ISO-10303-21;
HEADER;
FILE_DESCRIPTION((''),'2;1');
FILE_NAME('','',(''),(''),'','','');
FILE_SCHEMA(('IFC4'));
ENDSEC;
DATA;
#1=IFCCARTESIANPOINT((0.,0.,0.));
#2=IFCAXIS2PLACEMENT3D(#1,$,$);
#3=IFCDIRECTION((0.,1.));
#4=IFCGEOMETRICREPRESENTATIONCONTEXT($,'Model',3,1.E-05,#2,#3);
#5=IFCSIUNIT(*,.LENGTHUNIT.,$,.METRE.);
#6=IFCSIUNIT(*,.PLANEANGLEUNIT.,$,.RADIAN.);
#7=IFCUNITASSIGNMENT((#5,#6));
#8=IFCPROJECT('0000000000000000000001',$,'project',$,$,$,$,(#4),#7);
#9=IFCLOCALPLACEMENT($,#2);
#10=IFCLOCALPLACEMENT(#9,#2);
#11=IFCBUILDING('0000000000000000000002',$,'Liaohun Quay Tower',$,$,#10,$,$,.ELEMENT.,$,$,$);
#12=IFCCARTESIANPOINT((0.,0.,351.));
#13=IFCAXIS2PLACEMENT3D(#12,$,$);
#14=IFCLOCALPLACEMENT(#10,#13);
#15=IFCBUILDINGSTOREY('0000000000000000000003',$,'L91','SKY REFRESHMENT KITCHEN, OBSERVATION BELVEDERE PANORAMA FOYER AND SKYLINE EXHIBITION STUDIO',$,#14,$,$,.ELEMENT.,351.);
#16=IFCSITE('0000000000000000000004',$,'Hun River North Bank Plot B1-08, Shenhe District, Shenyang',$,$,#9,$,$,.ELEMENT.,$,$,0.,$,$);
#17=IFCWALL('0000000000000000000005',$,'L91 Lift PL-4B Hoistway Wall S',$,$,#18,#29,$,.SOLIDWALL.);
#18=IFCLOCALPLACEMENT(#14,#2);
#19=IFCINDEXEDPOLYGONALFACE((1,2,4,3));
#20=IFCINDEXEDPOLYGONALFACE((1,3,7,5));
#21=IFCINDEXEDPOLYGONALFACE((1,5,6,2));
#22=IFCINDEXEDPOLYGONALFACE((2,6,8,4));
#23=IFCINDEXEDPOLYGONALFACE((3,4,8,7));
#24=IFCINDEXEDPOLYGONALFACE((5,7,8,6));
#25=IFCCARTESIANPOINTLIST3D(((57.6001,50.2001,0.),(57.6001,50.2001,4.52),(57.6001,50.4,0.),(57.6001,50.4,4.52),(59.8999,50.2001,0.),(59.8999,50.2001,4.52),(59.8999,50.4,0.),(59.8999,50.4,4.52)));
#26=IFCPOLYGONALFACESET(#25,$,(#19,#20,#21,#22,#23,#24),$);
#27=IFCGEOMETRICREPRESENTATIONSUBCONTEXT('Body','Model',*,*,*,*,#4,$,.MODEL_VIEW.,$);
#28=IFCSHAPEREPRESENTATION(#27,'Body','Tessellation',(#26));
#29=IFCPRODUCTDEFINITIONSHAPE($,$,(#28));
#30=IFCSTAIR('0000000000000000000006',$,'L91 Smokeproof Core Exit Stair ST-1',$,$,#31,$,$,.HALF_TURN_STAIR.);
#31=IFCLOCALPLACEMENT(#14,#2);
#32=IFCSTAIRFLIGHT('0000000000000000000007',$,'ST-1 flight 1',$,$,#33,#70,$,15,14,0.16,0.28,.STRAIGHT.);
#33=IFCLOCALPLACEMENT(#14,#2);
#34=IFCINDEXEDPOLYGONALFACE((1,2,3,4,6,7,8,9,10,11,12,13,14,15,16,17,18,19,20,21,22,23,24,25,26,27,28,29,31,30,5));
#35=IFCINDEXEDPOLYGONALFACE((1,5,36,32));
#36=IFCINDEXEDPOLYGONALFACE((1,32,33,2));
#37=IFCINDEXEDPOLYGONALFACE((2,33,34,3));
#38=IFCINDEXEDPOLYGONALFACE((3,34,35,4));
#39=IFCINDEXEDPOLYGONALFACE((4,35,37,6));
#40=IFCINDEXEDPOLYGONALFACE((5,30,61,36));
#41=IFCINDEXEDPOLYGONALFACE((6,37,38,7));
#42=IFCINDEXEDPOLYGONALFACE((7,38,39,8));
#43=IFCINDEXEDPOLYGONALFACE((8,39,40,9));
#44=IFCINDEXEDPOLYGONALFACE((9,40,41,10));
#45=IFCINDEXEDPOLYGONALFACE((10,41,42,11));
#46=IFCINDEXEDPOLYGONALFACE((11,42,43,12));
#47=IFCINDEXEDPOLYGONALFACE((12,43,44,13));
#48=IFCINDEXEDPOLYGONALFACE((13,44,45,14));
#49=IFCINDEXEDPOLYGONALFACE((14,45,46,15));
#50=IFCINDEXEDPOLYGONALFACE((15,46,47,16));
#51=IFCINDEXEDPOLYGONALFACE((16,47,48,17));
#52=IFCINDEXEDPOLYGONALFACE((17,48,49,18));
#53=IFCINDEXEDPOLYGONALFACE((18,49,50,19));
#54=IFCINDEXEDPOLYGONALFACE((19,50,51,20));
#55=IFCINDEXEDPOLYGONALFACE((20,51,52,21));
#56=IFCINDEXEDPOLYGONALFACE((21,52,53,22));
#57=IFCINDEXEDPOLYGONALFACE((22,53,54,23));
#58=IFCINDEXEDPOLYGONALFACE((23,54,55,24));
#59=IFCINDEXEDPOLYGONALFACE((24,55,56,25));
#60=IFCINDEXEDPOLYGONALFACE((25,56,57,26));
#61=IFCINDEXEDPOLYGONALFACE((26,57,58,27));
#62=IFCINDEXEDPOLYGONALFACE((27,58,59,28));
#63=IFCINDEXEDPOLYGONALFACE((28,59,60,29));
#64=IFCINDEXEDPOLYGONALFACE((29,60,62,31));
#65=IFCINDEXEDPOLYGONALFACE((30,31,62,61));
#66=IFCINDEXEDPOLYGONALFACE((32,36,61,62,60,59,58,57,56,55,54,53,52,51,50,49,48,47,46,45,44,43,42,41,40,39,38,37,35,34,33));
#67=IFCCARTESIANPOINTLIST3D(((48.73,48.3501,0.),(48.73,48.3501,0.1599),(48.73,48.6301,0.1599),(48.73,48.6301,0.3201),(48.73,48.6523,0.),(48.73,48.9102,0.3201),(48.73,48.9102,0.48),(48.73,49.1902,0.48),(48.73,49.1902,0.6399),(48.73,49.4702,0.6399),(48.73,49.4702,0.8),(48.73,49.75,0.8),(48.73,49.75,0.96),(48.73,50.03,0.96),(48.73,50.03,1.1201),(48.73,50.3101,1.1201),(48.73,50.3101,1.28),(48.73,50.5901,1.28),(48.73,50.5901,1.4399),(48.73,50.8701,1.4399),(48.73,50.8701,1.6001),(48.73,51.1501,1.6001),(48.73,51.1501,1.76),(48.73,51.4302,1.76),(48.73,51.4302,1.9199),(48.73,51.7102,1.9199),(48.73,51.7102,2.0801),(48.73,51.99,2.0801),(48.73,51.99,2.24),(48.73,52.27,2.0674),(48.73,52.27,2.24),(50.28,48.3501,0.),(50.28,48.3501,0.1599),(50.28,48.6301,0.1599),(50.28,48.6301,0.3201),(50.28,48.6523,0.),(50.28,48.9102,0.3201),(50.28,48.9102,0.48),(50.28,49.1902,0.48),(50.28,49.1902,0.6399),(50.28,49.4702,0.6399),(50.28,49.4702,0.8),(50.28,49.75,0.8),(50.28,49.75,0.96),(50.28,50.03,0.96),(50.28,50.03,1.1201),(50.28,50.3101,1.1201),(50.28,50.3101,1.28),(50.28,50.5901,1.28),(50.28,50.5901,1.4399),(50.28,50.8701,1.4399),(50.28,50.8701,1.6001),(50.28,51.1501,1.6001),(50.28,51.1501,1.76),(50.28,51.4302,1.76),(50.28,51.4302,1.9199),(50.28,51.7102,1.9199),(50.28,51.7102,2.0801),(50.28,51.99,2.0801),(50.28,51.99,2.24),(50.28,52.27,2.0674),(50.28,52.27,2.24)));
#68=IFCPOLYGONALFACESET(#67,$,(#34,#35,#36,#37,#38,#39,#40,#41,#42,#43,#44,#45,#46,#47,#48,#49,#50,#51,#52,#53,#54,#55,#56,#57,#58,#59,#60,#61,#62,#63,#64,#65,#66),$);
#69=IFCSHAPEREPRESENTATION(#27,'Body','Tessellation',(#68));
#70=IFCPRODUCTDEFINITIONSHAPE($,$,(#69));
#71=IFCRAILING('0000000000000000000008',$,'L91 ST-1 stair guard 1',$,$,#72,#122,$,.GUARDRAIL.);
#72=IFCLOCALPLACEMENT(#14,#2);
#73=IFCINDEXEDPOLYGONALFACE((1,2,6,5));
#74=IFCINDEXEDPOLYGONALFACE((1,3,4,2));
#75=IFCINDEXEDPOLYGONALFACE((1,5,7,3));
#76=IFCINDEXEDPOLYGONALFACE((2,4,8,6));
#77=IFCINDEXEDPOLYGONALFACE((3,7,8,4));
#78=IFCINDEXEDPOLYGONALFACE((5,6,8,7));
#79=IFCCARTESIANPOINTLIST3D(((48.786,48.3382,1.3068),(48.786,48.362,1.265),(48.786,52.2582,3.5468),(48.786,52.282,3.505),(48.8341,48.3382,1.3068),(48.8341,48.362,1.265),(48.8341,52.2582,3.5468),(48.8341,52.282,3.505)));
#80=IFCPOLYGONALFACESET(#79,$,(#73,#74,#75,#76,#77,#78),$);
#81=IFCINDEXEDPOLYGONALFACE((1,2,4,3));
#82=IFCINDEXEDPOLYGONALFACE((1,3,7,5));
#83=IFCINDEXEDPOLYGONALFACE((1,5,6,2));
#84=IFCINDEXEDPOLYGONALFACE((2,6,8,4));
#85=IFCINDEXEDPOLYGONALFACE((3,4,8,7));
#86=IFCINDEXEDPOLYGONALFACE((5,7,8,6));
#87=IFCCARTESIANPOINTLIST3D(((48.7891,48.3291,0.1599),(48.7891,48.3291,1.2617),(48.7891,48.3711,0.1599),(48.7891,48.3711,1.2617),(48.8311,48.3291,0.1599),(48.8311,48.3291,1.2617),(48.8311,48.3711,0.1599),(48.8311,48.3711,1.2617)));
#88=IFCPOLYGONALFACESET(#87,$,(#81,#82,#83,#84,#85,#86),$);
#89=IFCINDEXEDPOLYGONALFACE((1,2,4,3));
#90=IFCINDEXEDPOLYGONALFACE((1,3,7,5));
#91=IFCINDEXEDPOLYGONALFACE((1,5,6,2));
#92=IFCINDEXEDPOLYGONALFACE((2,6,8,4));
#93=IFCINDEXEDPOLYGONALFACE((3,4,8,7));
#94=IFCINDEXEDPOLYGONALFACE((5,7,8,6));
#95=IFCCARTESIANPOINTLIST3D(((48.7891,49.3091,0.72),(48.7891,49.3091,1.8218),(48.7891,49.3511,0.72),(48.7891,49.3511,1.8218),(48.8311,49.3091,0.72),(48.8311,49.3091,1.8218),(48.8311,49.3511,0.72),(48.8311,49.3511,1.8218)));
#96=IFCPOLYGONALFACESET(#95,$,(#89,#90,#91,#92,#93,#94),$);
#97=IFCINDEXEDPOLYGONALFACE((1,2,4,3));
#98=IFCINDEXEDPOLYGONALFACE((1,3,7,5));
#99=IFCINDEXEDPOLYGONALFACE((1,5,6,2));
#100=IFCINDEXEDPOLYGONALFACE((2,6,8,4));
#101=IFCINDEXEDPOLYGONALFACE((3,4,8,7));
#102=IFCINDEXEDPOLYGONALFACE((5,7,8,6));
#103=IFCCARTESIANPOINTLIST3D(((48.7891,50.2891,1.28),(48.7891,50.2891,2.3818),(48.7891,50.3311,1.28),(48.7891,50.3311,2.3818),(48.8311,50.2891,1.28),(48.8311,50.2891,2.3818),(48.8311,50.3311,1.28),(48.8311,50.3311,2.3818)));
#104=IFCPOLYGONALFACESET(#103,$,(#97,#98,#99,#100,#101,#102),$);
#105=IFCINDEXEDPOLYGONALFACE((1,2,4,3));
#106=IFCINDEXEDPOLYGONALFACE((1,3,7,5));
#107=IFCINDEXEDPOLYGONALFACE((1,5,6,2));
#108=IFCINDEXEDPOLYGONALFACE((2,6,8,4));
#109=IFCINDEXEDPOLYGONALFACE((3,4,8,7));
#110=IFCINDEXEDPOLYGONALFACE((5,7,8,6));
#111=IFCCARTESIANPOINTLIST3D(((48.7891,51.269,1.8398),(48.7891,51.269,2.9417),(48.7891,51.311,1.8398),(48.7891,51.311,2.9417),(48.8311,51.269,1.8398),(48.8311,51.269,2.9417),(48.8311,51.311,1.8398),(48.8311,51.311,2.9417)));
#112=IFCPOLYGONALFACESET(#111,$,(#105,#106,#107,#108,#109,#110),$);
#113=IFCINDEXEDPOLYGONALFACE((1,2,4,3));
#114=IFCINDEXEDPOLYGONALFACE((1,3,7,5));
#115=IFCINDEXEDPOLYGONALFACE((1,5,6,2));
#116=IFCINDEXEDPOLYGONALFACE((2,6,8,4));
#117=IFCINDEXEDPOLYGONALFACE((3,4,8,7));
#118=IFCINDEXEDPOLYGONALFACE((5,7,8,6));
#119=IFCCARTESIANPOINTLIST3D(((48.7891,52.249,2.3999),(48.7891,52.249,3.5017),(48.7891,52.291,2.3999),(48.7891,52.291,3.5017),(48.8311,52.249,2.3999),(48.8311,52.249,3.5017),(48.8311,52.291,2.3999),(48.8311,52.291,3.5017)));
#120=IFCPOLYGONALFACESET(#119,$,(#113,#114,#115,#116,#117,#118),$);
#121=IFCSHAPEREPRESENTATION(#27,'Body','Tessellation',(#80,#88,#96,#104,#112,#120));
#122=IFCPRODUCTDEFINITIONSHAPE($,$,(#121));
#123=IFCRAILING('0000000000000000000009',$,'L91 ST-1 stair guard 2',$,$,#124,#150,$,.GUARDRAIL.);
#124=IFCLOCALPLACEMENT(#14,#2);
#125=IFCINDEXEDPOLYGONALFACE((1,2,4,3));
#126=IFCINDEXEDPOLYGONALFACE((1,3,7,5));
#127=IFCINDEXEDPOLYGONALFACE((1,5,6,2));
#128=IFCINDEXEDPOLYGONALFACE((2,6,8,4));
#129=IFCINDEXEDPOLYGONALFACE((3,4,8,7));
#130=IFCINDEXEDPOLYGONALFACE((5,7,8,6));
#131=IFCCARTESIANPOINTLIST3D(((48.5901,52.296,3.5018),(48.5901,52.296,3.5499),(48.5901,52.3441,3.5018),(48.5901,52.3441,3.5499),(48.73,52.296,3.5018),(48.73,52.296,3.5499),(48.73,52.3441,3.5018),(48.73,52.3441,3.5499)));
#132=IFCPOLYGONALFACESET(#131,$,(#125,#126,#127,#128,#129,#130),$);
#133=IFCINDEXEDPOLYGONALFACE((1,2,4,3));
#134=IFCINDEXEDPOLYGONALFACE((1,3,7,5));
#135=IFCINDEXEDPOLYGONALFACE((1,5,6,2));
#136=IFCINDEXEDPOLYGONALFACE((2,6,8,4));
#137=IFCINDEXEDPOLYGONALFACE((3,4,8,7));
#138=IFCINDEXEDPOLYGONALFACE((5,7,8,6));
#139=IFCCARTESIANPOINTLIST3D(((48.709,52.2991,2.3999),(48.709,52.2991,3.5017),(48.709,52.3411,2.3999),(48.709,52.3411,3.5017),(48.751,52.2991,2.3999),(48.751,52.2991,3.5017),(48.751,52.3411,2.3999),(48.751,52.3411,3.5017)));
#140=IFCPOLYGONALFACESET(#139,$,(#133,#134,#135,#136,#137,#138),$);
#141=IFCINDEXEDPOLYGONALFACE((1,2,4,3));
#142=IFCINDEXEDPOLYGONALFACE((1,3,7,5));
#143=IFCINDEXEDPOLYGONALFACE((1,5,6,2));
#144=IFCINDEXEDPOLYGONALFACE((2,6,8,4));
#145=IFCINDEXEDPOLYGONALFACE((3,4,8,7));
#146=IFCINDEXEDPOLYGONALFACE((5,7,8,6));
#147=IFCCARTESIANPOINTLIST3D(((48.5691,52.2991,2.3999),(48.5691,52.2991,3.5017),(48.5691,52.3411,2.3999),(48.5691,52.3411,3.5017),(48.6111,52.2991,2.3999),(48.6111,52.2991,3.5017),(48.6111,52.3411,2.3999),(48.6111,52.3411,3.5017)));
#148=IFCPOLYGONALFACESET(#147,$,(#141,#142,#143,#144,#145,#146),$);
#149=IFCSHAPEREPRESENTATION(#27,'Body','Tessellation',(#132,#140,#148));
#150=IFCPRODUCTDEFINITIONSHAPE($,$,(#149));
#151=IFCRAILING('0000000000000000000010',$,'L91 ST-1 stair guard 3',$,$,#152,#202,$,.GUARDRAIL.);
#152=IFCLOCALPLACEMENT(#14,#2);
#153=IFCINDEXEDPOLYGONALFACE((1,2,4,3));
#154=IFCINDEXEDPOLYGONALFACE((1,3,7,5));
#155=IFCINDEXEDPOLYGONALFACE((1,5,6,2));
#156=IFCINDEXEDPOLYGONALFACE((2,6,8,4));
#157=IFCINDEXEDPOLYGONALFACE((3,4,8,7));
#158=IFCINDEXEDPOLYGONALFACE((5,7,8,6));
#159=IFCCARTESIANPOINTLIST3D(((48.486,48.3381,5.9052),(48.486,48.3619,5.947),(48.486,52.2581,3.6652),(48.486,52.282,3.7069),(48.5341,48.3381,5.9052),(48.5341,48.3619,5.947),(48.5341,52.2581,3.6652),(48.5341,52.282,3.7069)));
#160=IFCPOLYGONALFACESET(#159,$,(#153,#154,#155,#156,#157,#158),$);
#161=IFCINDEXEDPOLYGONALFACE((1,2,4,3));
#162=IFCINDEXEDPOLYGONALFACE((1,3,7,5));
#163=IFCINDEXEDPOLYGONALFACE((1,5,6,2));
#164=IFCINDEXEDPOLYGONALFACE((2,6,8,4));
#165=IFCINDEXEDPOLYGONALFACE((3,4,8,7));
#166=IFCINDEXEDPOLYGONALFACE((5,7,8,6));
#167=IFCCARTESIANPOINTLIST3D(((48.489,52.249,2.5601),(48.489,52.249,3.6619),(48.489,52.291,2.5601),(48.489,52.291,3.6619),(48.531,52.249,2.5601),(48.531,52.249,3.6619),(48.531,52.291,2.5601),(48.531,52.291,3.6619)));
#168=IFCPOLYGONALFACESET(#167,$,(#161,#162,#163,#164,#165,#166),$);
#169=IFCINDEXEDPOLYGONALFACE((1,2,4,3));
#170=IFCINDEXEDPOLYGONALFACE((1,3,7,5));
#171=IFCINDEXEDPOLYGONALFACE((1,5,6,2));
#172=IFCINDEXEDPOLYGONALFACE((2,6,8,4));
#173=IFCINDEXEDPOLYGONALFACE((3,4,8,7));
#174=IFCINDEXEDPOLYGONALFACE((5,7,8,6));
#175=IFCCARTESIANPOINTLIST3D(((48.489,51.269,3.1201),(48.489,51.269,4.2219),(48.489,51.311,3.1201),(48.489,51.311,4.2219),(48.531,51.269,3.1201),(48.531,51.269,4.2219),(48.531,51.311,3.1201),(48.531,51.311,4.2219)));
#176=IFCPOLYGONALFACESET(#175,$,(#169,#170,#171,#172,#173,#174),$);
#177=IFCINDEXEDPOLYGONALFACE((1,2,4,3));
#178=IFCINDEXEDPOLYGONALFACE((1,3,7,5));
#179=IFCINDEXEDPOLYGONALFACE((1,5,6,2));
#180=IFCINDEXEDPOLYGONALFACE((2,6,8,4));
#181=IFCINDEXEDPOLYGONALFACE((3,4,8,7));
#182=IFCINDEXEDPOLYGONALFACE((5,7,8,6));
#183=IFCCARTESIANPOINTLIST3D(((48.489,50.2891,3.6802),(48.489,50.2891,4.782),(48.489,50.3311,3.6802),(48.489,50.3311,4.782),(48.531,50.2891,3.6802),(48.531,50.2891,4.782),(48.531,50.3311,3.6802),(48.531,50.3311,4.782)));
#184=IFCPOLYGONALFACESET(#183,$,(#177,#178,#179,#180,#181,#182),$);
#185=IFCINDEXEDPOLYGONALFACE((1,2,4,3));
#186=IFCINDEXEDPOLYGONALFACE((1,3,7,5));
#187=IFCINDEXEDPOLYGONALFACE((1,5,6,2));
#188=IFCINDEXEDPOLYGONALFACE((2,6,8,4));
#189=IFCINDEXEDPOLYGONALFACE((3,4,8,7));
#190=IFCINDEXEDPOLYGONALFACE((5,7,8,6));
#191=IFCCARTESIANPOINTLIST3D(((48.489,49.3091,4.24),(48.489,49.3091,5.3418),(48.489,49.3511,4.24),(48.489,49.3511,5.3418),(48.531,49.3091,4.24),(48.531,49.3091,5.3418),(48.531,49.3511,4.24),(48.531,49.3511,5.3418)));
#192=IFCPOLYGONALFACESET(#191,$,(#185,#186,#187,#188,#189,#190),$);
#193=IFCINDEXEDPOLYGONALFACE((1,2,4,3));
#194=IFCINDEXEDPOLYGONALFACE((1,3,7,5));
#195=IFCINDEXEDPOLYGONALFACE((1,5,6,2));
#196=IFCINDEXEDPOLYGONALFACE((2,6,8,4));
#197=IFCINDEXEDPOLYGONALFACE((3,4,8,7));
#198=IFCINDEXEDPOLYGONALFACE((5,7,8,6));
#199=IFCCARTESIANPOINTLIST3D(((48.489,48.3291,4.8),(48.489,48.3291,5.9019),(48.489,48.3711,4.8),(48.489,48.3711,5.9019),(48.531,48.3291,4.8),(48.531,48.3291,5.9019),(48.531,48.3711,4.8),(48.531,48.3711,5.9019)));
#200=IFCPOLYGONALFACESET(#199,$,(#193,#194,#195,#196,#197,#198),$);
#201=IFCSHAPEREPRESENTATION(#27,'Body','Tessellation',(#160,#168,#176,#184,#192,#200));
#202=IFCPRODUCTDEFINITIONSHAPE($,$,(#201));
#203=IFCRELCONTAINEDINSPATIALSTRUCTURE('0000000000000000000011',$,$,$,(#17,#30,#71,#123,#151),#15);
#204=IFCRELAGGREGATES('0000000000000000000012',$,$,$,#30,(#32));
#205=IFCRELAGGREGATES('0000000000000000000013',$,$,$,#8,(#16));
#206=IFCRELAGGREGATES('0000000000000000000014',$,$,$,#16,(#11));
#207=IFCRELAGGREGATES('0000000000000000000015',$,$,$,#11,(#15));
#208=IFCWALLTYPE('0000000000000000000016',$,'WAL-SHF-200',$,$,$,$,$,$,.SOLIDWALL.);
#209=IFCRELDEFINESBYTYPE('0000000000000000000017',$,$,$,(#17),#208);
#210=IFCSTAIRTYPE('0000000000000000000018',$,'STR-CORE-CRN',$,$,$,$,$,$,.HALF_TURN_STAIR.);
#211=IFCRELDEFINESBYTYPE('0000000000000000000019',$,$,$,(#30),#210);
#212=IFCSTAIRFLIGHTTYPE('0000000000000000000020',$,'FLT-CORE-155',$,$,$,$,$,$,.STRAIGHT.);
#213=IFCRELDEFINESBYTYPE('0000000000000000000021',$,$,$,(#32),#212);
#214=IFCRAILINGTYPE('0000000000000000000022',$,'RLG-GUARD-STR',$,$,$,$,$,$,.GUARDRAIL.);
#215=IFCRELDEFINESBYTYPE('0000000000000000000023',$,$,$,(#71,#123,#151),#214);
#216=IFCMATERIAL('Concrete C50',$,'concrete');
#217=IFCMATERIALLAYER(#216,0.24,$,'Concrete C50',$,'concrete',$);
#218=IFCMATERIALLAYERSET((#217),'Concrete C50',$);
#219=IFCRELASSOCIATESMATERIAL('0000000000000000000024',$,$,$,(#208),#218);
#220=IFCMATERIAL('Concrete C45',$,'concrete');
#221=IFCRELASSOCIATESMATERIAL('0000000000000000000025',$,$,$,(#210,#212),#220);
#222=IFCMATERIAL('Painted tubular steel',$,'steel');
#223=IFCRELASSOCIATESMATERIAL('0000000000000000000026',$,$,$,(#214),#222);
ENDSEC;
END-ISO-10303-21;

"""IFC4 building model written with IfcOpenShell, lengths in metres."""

from ifc_helpers import new_model, si_unit, direction, frame, frame_2d, origin, origin_2d, place, context, subcontext, project, spatial, polyline, rectangle, outline, extrude, material, layer, layer_set, type_object, element, aggregate, save


model = new_model("IFC4")

# Units and contexts
model_context = context("Model", 3, precision=1e-05, world=origin(), true_north=direction((0.0, 1.0)))
body_context = subcontext(model_context, "Body", "Model", "MODEL_VIEW")
ifc_project = project(units=[si_unit("LENGTHUNIT", "METRE"), si_unit("PLANEANGLEUNIT", "RADIAN")], contexts=[model_context])

# Site, building, storey
site_placement = place(None, origin())
site = spatial("IfcSite", under=ifc_project, at=site_placement, Name="Hun River North Bank Plot B1-08, Shenhe District, Shenyang", CompositionType="ELEMENT", RefElevation=0.0)
building_placement = place(site_placement, origin())
building = spatial("IfcBuilding", under=site, at=building_placement, Name="Liaohun Quay Tower", CompositionType="ELEMENT")
storey_placement = place(building_placement, frame((0.0, 0.0, 351.0)))
storey = spatial("IfcBuildingStorey", under=building, at=storey_placement, Name="L91", Description="SKY REFRESHMENT KITCHEN, OBSERVATION BELVEDERE PANORAMA FOYER AND SKYLINE EXHIBITION STUDIO", CompositionType="ELEMENT", Elevation=351.0)

# Shared definitions
ifc_material_1 = material(Name="Concrete C50", Category="concrete")

# Shared definitions
ifc_layer_1 = layer(ifc_material_1, 0.24, Name="Concrete C50", Category="concrete")
ifc_layer_set_1 = layer_set([ifc_layer_1], Name="Concrete C50")
wall_type_1 = type_object("IfcWallType", Name="WAL-SHF-200", PredefinedType="SOLIDWALL", material=ifc_layer_set_1)

# Wall
wall_1_placement = place(storey_placement, frame((57.6001, 50.3, 0.0), z_axis=(0.0, 0.0, 1.0), x_axis=(1.0, 0.0, 0.0)))
element("IfcWall", 1, at=wall_1_placement, inside=storey, type_object=wall_type_1, Name="L91 Lift PL-4B Hoistway Wall S", PredefinedType="SOLIDWALL", context=body_context, shape_type="SweptSolid", body=[
    extrude(rectangle(XDim=2.2998, YDim=0.2, at=frame_2d((1.1499, 0.0))), origin(), (0.0, 0.0, 1.0), 4.52),
])

# Stair, stair flight
ifc_material_2 = material(Name="Concrete C45", Category="concrete")
stair_type = type_object("IfcStairType", Name="STR-CORE-CRN", PredefinedType="HALF_TURN_STAIR", material=ifc_material_2)
stair_placement = place(storey_placement, origin())
stair = element("IfcStair", 2, at=stair_placement, inside=storey, type_object=stair_type, Name="L91 Smokeproof Core Exit Stair ST-1", PredefinedType="HALF_TURN_STAIR")
stair_flight_type = type_object("IfcStairFlightType", Name="FLT-CORE-155", PredefinedType="STRAIGHT", material=ifc_material_2)
stair_flight_placement = place(storey_placement, frame((49.5049, 48.3501, 0.0), z_axis=(0.0, 0.0, 1.0), x_axis=(0.0, 1.0, 0.0)))
stair_flight = element("IfcStairFlight", 3, at=stair_flight_placement, type_object=stair_flight_type, Name="ST-1 flight 1", NumberOfRisers=15, NumberOfTreads=14, PredefinedType="STRAIGHT", RiserHeight=0.16, TreadLength=0.28, context=body_context, shape_type="SweptSolid", body=[
    extrude(outline(polyline([(0.0, 0.0), (0.0, 0.1599), (0.28, 0.1599), (0.28, 0.3201), (0.5601, 0.3201), (0.5601, 0.48), (0.8401, 0.48), (0.8401, 0.6399), (1.1201, 0.6399), (1.1201, 0.8), (1.3999, 0.8), (1.3999, 0.96), (1.6799, 0.96), (1.6799, 1.1201), (1.96, 1.1201), (1.96, 1.28), (2.24, 1.28), (2.24, 1.4399), (2.52, 1.4399), (2.52, 1.6001), (2.8, 1.6001), (2.8, 1.76), (3.0801, 1.76), (3.0801, 1.9199), (3.3601, 1.9199), (3.3601, 2.0801), (3.6399, 2.0801), (3.6399, 2.24), (3.9199, 2.24), (3.9199, 2.3999), (3.9199, 2.0674), (0.3022, 0.0), (0.0, 0.0)])), frame((0.0, 0.7749, 0.0), z_axis=(0.0, -1.0, 0.0), x_axis=(1.0, 0.0, 0.0)), (0.0, 0.0, 1.0), 1.55),
])
aggregate(stair, [stair_flight])

# Railings
ifc_material_3 = material(Name="Painted tubular steel", Category="steel")
railing_type_1 = type_object("IfcRailingType", Name="RLG-GUARD-STR", PredefinedType="GUARDRAIL", material=ifc_material_3)
railing_1_placement = place(storey_placement, frame((48.8101, 48.3501, 0.1599)))
element("IfcRailing", 4, at=railing_1_placement, inside=storey, type_object=railing_type_1, Name="L91 ST-1 stair guard 1", PredefinedType="GUARDRAIL", context=body_context, shape_type="SweptSolid", body=[
    extrude(rectangle(XDim=0.0481, YDim=0.0481, at=origin_2d()), frame((0.0, 0.0, 1.126), z_axis=(0.0, 0.86824, 0.496145), x_axis=(-1.0, 0.0, 0.0)), (0.0, 0.0, 1.0), 4.5149),
    extrude(rectangle(XDim=0.042, YDim=0.042, at=origin_2d()), origin(), (0.0, 0.0, 1.0), 1.1018),
    extrude(rectangle(XDim=0.042, YDim=0.042, at=origin_2d()), frame((0.0, 0.98, 0.5601)), (0.0, 0.0, 1.0), 1.1018),
    extrude(rectangle(XDim=0.042, YDim=0.042, at=origin_2d()), frame((0.0, 1.96, 1.1201)), (0.0, 0.0, 1.0), 1.1018),
    extrude(rectangle(XDim=0.042, YDim=0.042, at=origin_2d()), frame((0.0, 2.9399, 1.6799)), (0.0, 0.0, 1.0), 1.1018),
    extrude(rectangle(XDim=0.042, YDim=0.042, at=origin_2d()), frame((0.0, 3.9199, 2.24)), (0.0, 0.0, 1.0), 1.1018),
])
railing_2_placement = place(storey_placement, frame((48.73, 52.3201, 2.3999)))
element("IfcRailing", 5, at=railing_2_placement, inside=storey, type_object=railing_type_1, Name="L91 ST-1 stair guard 2", PredefinedType="GUARDRAIL", context=body_context, shape_type="SweptSolid", body=[
    extrude(rectangle(XDim=0.0481, YDim=0.0481, at=origin_2d()), frame((0.0, 0.0, 1.126), z_axis=(-1.0, 0.0, 0.0), x_axis=(0.0, -1.0, 0.0)), (0.0, 0.0, 1.0), 0.1399),
    extrude(rectangle(XDim=0.042, YDim=0.042, at=origin_2d()), origin(), (0.0, 0.0, 1.0), 1.1018),
    extrude(rectangle(XDim=0.042, YDim=0.042, at=origin_2d()), frame((-0.1399, 0.0, 0.0)), (0.0, 0.0, 1.0), 1.1018),
])
railing_3_placement = place(storey_placement, frame((48.51, 52.27, 2.5601)))
element("IfcRailing", 6, at=railing_3_placement, inside=storey, type_object=railing_type_1, Name="L91 ST-1 stair guard 3", PredefinedType="GUARDRAIL", context=body_context, shape_type="SweptSolid", body=[
    extrude(rectangle(XDim=0.0481, YDim=0.0481, at=origin_2d()), frame((0.0, 0.0, 1.126), z_axis=(0.0, -0.86824, 0.496145), x_axis=(1.0, 0.0, 0.0)), (0.0, 0.0, 1.0), 4.5149),
    extrude(rectangle(XDim=0.042, YDim=0.042, at=origin_2d()), origin(), (0.0, 0.0, 1.0), 1.1018),
    extrude(rectangle(XDim=0.042, YDim=0.042, at=origin_2d()), frame((0.0, -0.98, 0.5601)), (0.0, 0.0, 1.0), 1.1018),
    extrude(rectangle(XDim=0.042, YDim=0.042, at=origin_2d()), frame((0.0, -1.96, 1.1201)), (0.0, 0.0, 1.0), 1.1018),
    extrude(rectangle(XDim=0.042, YDim=0.042, at=origin_2d()), frame((0.0, -2.9399, 1.6799)), (0.0, 0.0, 1.0), 1.1018),
    extrude(rectangle(XDim=0.042, YDim=0.042, at=origin_2d()), frame((0.0, -3.9199, 2.24)), (0.0, 0.0, 1.0), 1.1018),
])

save(model, "model.ifc")
